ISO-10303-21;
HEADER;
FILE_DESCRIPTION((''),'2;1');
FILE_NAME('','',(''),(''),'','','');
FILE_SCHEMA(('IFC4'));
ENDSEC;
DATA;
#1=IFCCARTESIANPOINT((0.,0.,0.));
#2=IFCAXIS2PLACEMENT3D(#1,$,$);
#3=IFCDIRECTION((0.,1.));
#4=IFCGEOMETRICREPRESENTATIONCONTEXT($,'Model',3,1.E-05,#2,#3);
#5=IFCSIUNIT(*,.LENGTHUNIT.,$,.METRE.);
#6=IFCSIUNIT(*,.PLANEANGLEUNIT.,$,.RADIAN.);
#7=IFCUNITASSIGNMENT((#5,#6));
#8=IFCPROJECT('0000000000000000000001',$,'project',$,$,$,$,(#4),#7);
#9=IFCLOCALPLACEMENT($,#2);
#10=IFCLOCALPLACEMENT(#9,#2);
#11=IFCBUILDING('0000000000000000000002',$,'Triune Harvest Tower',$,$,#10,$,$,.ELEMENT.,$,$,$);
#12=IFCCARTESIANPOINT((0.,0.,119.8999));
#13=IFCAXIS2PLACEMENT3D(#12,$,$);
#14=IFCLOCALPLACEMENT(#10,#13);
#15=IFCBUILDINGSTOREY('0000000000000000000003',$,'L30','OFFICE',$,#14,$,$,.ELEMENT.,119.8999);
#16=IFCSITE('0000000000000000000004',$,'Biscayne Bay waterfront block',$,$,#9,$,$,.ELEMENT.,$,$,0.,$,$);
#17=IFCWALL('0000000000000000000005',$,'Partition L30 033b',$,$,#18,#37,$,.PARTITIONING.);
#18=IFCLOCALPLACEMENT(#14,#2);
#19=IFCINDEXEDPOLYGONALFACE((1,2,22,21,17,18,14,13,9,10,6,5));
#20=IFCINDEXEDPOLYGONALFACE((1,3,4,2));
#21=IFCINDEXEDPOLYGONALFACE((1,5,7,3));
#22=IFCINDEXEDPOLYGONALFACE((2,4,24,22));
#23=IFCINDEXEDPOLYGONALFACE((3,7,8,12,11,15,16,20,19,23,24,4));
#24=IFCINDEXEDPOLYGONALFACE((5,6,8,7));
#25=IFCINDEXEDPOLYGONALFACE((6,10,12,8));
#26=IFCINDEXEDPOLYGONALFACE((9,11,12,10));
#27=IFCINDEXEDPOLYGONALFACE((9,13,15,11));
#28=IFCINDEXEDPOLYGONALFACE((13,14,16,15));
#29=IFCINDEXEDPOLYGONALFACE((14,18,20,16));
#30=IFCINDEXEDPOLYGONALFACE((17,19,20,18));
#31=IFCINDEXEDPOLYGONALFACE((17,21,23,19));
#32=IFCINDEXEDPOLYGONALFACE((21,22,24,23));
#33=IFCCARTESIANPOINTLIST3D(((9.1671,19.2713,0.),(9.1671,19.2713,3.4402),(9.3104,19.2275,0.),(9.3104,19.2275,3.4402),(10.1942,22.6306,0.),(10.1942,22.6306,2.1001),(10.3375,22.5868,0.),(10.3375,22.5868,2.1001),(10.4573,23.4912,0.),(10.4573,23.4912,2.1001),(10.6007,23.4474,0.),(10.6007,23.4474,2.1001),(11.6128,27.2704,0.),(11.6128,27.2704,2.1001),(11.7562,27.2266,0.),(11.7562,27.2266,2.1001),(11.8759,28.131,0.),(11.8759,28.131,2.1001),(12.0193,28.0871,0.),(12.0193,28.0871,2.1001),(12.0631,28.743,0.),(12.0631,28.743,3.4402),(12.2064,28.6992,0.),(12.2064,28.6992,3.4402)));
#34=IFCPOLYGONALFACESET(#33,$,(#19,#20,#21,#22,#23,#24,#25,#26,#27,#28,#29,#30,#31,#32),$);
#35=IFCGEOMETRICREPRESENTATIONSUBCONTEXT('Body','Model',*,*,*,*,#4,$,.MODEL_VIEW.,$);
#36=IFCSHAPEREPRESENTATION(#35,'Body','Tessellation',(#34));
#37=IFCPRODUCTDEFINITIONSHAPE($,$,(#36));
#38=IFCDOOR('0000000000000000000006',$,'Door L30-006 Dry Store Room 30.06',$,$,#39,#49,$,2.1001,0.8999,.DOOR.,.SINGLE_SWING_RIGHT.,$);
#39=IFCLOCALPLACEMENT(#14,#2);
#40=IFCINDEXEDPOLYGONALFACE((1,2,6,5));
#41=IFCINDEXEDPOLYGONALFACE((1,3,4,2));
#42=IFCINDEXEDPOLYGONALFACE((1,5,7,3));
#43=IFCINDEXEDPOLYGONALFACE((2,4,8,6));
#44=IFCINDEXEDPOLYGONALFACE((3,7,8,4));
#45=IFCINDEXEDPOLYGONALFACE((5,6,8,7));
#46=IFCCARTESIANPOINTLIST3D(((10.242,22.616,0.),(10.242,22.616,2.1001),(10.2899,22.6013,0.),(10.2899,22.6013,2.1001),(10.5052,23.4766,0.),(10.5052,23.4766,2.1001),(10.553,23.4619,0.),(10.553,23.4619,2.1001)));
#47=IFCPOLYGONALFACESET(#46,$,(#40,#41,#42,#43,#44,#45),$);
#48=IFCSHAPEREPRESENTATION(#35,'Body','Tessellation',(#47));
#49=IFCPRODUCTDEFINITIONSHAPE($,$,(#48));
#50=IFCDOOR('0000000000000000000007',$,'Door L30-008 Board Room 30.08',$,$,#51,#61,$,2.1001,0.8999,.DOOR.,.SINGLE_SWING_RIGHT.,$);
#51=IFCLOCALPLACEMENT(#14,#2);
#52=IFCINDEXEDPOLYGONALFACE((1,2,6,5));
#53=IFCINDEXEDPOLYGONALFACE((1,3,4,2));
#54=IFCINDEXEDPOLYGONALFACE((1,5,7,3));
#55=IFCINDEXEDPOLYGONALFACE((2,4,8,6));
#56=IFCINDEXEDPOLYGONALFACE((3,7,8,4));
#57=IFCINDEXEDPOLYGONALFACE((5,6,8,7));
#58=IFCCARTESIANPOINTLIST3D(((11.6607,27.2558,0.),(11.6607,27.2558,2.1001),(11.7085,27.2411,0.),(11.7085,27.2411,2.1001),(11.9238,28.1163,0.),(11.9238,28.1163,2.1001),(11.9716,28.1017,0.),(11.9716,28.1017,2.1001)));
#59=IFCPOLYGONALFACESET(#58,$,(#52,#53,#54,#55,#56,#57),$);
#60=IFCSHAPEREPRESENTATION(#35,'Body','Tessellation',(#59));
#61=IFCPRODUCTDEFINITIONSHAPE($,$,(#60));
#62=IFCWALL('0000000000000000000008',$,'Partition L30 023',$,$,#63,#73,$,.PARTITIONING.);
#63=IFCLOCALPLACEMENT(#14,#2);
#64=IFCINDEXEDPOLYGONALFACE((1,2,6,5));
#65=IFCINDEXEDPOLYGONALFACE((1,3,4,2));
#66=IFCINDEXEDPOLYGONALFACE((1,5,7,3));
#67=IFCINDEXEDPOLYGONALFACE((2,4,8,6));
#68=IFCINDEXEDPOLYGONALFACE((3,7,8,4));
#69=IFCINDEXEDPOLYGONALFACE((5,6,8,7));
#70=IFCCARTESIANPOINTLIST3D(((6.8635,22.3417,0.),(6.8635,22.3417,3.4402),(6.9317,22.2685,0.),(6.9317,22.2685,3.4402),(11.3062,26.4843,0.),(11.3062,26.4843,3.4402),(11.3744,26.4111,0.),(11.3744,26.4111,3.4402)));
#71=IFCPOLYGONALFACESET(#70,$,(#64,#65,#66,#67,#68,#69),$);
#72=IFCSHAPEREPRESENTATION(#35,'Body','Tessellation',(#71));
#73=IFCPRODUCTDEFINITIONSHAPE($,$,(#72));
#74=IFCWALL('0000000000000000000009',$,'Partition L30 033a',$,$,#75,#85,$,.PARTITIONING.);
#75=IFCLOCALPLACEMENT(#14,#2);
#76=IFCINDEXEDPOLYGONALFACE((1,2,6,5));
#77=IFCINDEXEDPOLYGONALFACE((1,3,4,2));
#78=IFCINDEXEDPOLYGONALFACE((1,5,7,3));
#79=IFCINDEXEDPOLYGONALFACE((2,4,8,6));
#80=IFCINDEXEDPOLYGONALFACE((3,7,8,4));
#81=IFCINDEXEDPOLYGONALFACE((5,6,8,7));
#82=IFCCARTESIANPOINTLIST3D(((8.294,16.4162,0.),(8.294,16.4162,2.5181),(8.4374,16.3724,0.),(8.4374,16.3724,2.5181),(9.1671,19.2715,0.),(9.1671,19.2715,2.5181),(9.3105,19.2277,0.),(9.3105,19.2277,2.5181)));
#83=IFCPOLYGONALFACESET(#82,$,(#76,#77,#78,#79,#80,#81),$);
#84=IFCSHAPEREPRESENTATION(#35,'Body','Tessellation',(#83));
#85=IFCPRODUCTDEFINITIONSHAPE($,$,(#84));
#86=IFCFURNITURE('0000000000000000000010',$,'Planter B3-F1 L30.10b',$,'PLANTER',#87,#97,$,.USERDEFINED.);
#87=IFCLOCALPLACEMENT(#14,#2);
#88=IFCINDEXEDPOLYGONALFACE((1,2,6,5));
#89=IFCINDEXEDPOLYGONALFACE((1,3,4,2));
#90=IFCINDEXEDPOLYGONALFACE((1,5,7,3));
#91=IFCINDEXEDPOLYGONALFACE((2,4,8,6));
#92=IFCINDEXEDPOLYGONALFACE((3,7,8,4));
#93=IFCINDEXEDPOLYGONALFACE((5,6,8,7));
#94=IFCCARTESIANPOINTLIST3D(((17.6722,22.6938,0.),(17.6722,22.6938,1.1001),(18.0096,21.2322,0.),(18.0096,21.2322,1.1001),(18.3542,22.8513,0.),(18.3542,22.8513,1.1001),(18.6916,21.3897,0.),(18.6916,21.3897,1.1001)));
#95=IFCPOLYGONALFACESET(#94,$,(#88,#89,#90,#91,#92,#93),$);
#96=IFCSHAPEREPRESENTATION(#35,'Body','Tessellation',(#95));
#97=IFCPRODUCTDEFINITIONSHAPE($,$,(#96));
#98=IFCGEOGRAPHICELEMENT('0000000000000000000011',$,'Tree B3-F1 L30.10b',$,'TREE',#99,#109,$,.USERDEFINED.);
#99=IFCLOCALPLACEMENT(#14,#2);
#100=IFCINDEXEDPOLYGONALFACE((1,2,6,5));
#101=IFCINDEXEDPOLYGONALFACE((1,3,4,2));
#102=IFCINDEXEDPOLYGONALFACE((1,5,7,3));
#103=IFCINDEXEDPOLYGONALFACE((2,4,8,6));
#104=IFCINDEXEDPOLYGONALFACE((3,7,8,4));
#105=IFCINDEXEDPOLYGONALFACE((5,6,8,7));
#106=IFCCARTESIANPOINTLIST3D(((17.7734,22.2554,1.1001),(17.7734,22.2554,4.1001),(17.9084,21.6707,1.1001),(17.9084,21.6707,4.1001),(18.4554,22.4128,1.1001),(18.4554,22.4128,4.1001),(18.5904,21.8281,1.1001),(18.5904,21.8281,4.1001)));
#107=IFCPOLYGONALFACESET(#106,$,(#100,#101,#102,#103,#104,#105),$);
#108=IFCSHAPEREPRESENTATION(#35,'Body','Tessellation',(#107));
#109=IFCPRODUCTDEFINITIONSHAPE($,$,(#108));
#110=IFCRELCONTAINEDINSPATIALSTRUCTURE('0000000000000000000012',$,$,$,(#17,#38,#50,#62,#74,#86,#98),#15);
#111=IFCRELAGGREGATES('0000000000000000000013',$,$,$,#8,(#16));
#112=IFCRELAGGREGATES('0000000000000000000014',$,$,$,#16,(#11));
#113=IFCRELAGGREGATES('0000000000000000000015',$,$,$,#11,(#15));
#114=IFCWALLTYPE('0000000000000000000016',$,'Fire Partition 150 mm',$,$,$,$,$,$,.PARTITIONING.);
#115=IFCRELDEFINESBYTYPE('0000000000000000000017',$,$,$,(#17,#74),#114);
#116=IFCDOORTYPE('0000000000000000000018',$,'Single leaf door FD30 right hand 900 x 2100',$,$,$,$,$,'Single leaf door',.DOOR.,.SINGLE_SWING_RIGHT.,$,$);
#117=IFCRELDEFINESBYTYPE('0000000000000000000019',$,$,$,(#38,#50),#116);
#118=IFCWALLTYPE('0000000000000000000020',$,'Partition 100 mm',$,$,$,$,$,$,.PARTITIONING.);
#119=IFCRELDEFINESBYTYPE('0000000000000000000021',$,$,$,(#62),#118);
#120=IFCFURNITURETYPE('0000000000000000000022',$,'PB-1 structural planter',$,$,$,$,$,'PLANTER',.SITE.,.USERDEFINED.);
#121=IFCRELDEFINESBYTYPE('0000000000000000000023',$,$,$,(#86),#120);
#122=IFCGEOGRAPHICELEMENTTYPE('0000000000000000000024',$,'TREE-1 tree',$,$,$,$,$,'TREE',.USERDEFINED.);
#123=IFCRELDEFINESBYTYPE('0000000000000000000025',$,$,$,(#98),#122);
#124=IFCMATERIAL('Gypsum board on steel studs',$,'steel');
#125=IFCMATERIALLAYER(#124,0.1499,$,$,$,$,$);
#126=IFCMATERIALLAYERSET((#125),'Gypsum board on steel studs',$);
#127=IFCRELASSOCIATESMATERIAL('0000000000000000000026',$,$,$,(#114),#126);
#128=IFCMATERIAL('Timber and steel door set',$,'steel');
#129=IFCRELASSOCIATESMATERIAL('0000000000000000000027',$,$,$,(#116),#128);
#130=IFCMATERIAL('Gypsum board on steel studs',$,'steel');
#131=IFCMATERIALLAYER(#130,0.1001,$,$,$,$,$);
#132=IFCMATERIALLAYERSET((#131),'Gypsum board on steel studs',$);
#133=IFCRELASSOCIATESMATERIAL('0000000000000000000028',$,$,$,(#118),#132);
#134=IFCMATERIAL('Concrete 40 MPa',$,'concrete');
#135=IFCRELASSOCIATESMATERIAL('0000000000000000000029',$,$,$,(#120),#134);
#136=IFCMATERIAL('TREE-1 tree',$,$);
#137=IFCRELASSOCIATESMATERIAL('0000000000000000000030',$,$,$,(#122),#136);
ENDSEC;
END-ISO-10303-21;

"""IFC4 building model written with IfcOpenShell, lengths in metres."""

from ifc_helpers import new_model, si_unit, direction, frame, frame_2d, origin, origin_2d, place, context, subcontext, project, spatial, rectangle, extrude, source, transform, mapped, material, layer, layer_set, type_object, element, fill, save


model = new_model("IFC4")

# Units and contexts
model_context = context("Model", 3, precision=1e-05, world=origin(), true_north=direction((0.0, 1.0)))
body_context = subcontext(model_context, "Body", "Model", "MODEL_VIEW")
ifc_project = project(units=[si_unit("LENGTHUNIT", "METRE"), si_unit("PLANEANGLEUNIT", "RADIAN")], contexts=[model_context])

# Site, building, storey
site_placement = place(None, origin())
site = spatial("IfcSite", under=ifc_project, at=site_placement, Name="Biscayne Bay waterfront block", CompositionType="ELEMENT", RefElevation=0.0)
building_placement = place(site_placement, origin())
building = spatial("IfcBuilding", under=site, at=building_placement, Name="Triune Harvest Tower", CompositionType="ELEMENT")
storey_placement = place(building_placement, frame((0.0, 0.0, 119.8999)))
storey = spatial("IfcBuildingStorey", under=building, at=storey_placement, Name="L30", Description="OFFICE", CompositionType="ELEMENT", Elevation=119.8999)

# Shared definitions
ifc_material_1 = material(Name="Gypsum board on steel studs", Category="steel")
ifc_layer_1 = layer(ifc_material_1, 0.1499)
ifc_layer_set_1 = layer_set([ifc_layer_1], Name="Gypsum board on steel studs")
wall_type_1 = type_object("IfcWallType", Name="Fire Partition 150 mm", PredefinedType="PARTITIONING", material=ifc_layer_set_1)

# Wall, openings, doors
wall_1_placement = place(storey_placement, frame((9.2388, 19.2495, 0.0), z_axis=(0.0, 0.0, 1.0), x_axis=(0.292391, 0.956299, 0.0)))
wall_1 = element("IfcWall", 1, at=wall_1_placement, inside=storey, type_object=wall_type_1, Name="Partition L30 033b", PredefinedType="PARTITIONING", context=body_context, shape_type="SweptSolid", body=[
    extrude(rectangle(XDim=9.9045, YDim=0.1499, at=frame_2d((4.9521, 0.0))), origin(), (0.0, 0.0, 1.0), 3.4402),
])
opening_1_placement = place(wall_1_placement, frame((3.5127, 0.0, 0.0)))
opening_1 = element("IfcOpeningElement", 2, at=opening_1_placement, cuts=wall_1, PredefinedType="OPENING", context=body_context, shape_type="SweptSolid", body=[
    extrude(rectangle(XDim=0.8999, YDim=2.1001, at=frame_2d((0.45, 1.05))), frame((0.0, 0.085, 0.0), z_axis=(0.0, -1.0, 0.0), x_axis=(1.0, 0.0, 0.0)), (0.0, 0.0, 1.0), 0.1699),
])
opening_2_placement = place(wall_1_placement, frame((8.3645, 0.0, 0.0)))
opening_2 = element("IfcOpeningElement", 3, at=opening_2_placement, cuts=wall_1, PredefinedType="OPENING", context=body_context, shape_type="SweptSolid", body=[
    extrude(rectangle(XDim=0.8999, YDim=2.1001, at=frame_2d((0.45, 1.05))), frame((0.0, 0.085, 0.0), z_axis=(0.0, -1.0, 0.0), x_axis=(1.0, 0.0, 0.0)), (0.0, 0.0, 1.0), 0.1699),
])
ifc_material_2 = material(Name="Timber and steel door set", Category="steel")
door_type_1 = type_object("IfcDoorType", Name="Single leaf door FD30 right hand 900 x 2100", ElementType="Single leaf door", OperationType="SINGLE_SWING_RIGHT", PredefinedType="DOOR", material=ifc_material_2)
door_1_placement = place(opening_1_placement, origin())
door_1 = element("IfcDoor", 4, at=door_1_placement, inside=storey, type_object=door_type_1, Name="Door L30-006 Dry Store Room 30.06", OperationType="SINGLE_SWING_RIGHT", OverallHeight=2.1001, OverallWidth=0.8999, PredefinedType="DOOR", context=body_context, shape_type="SweptSolid", body=[
    extrude(rectangle(XDim=0.8999, YDim=2.1001, at=frame_2d((0.45, 1.05))), frame((0.0, 0.0249, 0.0), z_axis=(0.0, -1.0, 0.0), x_axis=(1.0, 0.0, 0.0)), (0.0, 0.0, 1.0), 0.05),
])
fill(opening_1, door_1)
door_2_placement = place(opening_2_placement, origin())
door_2 = element("IfcDoor", 5, at=door_2_placement, inside=storey, type_object=door_type_1, Name="Door L30-008 Board Room 30.08", OperationType="SINGLE_SWING_RIGHT", OverallHeight=2.1001, OverallWidth=0.8999, PredefinedType="DOOR", context=body_context, shape_type="SweptSolid", body=[
    extrude(rectangle(XDim=0.8999, YDim=2.1001, at=frame_2d((0.45, 1.05))), frame((0.0, 0.0249, 0.0), z_axis=(0.0, -1.0, 0.0), x_axis=(1.0, 0.0, 0.0)), (0.0, 0.0, 1.0), 0.05),
])
fill(opening_2, door_2)

# Wall
ifc_material_3 = material(Name="Gypsum board on steel studs", Category="steel")
ifc_layer_2 = layer(ifc_material_3, 0.1001)
ifc_layer_set_2 = layer_set([ifc_layer_2], Name="Gypsum board on steel studs")
wall_type_2 = type_object("IfcWallType", Name="Partition 100 mm", PredefinedType="PARTITIONING", material=ifc_layer_set_2)
wall_2_placement = place(storey_placement, frame((6.8977, 22.3052, 0.0), z_axis=(0.0, 0.0, 1.0), x_axis=(0.731373, 0.681977, 0.0)))
element("IfcWall", 6, at=wall_2_placement, inside=storey, type_object=wall_type_2, Name="Partition L30 023", PredefinedType="PARTITIONING", context=body_context, shape_type="SweptSolid", body=[
    extrude(rectangle(XDim=6.0745, YDim=0.1001, at=frame_2d((3.0371, 0.0))), origin(), (0.0, 0.0, 1.0), 3.4402),
])

# Wall
shared_shape_1 = source(origin(), body_context, "Body", "SweptSolid", [
    extrude(rectangle(XDim=2.9858, YDim=0.1499, at=frame_2d((1.4929, 0.0))), origin(), (0.0, 0.0, 1.0), 2.5181),
])
wall_3_placement = place(storey_placement, frame((8.3657, 16.3943, 0.0), z_axis=(0.0, 0.0, 1.0), x_axis=(0.292408, 0.956294, 0.0)))
element("IfcWall", 7, at=wall_3_placement, inside=storey, type_object=wall_type_1, Name="Partition L30 033a", PredefinedType="PARTITIONING", context=body_context, shape_type="MappedRepresentation", body=[
    mapped(shared_shape_1, transform((0.0, 0.0, 0.0), scale=1.0)),
])

# Furniture
ifc_material_4 = material(Name="Concrete 40 MPa", Category="concrete")
furniture_type = type_object("IfcFurnitureType", Name="PB-1 structural planter", ElementType="PLANTER", AssemblyPlace="SITE", PredefinedType="USERDEFINED", material=ifc_material_4)
shared_shape_2 = source(origin(), body_context, "Body", "SweptSolid", [
    extrude(rectangle(XDim=1.5, YDim=0.7, at=origin_2d()), origin(), (0.0, 0.0, 1.0), 1.1001),
])
furniture_placement = place(storey_placement, frame((18.1819, 22.0417, 0.0), z_axis=(0.0, 0.0, 1.0), x_axis=(-0.224951, 0.97437, 0.0)))
element("IfcFurniture", 8, at=furniture_placement, inside=storey, type_object=furniture_type, Name="Planter B3-F1 L30.10b", ObjectType="PLANTER", PredefinedType="USERDEFINED", context=body_context, shape_type="MappedRepresentation", body=[
    mapped(shared_shape_2, transform((0.0, 0.0, 0.0), scale=1.0)),
])

# Geographic element
ifc_material_5 = material(Name="TREE-1 tree")
geographic_element_type = type_object("IfcGeographicElementType", Name="TREE-1 tree", ElementType="TREE", PredefinedType="USERDEFINED", material=ifc_material_5)
shared_shape_3 = source(origin(), body_context, "Body", "SweptSolid", [
    extrude(rectangle(XDim=0.6001, YDim=0.7, at=origin_2d()), origin(), (0.0, 0.0, 1.0), 3.0),
])
geographic_element_placement = place(storey_placement, frame((18.1819, 22.0417, 1.1001), z_axis=(0.0, 0.0, 1.0), x_axis=(-0.224951, 0.97437, 0.0)))
element("IfcGeographicElement", 9, at=geographic_element_placement, inside=storey, type_object=geographic_element_type, Name="Tree B3-F1 L30.10b", ObjectType="TREE", PredefinedType="USERDEFINED", context=body_context, shape_type="MappedRepresentation", body=[
    mapped(shared_shape_3, transform((0.0, 0.0, 0.0), scale=1.0)),
])

save(model, "model.ifc")
